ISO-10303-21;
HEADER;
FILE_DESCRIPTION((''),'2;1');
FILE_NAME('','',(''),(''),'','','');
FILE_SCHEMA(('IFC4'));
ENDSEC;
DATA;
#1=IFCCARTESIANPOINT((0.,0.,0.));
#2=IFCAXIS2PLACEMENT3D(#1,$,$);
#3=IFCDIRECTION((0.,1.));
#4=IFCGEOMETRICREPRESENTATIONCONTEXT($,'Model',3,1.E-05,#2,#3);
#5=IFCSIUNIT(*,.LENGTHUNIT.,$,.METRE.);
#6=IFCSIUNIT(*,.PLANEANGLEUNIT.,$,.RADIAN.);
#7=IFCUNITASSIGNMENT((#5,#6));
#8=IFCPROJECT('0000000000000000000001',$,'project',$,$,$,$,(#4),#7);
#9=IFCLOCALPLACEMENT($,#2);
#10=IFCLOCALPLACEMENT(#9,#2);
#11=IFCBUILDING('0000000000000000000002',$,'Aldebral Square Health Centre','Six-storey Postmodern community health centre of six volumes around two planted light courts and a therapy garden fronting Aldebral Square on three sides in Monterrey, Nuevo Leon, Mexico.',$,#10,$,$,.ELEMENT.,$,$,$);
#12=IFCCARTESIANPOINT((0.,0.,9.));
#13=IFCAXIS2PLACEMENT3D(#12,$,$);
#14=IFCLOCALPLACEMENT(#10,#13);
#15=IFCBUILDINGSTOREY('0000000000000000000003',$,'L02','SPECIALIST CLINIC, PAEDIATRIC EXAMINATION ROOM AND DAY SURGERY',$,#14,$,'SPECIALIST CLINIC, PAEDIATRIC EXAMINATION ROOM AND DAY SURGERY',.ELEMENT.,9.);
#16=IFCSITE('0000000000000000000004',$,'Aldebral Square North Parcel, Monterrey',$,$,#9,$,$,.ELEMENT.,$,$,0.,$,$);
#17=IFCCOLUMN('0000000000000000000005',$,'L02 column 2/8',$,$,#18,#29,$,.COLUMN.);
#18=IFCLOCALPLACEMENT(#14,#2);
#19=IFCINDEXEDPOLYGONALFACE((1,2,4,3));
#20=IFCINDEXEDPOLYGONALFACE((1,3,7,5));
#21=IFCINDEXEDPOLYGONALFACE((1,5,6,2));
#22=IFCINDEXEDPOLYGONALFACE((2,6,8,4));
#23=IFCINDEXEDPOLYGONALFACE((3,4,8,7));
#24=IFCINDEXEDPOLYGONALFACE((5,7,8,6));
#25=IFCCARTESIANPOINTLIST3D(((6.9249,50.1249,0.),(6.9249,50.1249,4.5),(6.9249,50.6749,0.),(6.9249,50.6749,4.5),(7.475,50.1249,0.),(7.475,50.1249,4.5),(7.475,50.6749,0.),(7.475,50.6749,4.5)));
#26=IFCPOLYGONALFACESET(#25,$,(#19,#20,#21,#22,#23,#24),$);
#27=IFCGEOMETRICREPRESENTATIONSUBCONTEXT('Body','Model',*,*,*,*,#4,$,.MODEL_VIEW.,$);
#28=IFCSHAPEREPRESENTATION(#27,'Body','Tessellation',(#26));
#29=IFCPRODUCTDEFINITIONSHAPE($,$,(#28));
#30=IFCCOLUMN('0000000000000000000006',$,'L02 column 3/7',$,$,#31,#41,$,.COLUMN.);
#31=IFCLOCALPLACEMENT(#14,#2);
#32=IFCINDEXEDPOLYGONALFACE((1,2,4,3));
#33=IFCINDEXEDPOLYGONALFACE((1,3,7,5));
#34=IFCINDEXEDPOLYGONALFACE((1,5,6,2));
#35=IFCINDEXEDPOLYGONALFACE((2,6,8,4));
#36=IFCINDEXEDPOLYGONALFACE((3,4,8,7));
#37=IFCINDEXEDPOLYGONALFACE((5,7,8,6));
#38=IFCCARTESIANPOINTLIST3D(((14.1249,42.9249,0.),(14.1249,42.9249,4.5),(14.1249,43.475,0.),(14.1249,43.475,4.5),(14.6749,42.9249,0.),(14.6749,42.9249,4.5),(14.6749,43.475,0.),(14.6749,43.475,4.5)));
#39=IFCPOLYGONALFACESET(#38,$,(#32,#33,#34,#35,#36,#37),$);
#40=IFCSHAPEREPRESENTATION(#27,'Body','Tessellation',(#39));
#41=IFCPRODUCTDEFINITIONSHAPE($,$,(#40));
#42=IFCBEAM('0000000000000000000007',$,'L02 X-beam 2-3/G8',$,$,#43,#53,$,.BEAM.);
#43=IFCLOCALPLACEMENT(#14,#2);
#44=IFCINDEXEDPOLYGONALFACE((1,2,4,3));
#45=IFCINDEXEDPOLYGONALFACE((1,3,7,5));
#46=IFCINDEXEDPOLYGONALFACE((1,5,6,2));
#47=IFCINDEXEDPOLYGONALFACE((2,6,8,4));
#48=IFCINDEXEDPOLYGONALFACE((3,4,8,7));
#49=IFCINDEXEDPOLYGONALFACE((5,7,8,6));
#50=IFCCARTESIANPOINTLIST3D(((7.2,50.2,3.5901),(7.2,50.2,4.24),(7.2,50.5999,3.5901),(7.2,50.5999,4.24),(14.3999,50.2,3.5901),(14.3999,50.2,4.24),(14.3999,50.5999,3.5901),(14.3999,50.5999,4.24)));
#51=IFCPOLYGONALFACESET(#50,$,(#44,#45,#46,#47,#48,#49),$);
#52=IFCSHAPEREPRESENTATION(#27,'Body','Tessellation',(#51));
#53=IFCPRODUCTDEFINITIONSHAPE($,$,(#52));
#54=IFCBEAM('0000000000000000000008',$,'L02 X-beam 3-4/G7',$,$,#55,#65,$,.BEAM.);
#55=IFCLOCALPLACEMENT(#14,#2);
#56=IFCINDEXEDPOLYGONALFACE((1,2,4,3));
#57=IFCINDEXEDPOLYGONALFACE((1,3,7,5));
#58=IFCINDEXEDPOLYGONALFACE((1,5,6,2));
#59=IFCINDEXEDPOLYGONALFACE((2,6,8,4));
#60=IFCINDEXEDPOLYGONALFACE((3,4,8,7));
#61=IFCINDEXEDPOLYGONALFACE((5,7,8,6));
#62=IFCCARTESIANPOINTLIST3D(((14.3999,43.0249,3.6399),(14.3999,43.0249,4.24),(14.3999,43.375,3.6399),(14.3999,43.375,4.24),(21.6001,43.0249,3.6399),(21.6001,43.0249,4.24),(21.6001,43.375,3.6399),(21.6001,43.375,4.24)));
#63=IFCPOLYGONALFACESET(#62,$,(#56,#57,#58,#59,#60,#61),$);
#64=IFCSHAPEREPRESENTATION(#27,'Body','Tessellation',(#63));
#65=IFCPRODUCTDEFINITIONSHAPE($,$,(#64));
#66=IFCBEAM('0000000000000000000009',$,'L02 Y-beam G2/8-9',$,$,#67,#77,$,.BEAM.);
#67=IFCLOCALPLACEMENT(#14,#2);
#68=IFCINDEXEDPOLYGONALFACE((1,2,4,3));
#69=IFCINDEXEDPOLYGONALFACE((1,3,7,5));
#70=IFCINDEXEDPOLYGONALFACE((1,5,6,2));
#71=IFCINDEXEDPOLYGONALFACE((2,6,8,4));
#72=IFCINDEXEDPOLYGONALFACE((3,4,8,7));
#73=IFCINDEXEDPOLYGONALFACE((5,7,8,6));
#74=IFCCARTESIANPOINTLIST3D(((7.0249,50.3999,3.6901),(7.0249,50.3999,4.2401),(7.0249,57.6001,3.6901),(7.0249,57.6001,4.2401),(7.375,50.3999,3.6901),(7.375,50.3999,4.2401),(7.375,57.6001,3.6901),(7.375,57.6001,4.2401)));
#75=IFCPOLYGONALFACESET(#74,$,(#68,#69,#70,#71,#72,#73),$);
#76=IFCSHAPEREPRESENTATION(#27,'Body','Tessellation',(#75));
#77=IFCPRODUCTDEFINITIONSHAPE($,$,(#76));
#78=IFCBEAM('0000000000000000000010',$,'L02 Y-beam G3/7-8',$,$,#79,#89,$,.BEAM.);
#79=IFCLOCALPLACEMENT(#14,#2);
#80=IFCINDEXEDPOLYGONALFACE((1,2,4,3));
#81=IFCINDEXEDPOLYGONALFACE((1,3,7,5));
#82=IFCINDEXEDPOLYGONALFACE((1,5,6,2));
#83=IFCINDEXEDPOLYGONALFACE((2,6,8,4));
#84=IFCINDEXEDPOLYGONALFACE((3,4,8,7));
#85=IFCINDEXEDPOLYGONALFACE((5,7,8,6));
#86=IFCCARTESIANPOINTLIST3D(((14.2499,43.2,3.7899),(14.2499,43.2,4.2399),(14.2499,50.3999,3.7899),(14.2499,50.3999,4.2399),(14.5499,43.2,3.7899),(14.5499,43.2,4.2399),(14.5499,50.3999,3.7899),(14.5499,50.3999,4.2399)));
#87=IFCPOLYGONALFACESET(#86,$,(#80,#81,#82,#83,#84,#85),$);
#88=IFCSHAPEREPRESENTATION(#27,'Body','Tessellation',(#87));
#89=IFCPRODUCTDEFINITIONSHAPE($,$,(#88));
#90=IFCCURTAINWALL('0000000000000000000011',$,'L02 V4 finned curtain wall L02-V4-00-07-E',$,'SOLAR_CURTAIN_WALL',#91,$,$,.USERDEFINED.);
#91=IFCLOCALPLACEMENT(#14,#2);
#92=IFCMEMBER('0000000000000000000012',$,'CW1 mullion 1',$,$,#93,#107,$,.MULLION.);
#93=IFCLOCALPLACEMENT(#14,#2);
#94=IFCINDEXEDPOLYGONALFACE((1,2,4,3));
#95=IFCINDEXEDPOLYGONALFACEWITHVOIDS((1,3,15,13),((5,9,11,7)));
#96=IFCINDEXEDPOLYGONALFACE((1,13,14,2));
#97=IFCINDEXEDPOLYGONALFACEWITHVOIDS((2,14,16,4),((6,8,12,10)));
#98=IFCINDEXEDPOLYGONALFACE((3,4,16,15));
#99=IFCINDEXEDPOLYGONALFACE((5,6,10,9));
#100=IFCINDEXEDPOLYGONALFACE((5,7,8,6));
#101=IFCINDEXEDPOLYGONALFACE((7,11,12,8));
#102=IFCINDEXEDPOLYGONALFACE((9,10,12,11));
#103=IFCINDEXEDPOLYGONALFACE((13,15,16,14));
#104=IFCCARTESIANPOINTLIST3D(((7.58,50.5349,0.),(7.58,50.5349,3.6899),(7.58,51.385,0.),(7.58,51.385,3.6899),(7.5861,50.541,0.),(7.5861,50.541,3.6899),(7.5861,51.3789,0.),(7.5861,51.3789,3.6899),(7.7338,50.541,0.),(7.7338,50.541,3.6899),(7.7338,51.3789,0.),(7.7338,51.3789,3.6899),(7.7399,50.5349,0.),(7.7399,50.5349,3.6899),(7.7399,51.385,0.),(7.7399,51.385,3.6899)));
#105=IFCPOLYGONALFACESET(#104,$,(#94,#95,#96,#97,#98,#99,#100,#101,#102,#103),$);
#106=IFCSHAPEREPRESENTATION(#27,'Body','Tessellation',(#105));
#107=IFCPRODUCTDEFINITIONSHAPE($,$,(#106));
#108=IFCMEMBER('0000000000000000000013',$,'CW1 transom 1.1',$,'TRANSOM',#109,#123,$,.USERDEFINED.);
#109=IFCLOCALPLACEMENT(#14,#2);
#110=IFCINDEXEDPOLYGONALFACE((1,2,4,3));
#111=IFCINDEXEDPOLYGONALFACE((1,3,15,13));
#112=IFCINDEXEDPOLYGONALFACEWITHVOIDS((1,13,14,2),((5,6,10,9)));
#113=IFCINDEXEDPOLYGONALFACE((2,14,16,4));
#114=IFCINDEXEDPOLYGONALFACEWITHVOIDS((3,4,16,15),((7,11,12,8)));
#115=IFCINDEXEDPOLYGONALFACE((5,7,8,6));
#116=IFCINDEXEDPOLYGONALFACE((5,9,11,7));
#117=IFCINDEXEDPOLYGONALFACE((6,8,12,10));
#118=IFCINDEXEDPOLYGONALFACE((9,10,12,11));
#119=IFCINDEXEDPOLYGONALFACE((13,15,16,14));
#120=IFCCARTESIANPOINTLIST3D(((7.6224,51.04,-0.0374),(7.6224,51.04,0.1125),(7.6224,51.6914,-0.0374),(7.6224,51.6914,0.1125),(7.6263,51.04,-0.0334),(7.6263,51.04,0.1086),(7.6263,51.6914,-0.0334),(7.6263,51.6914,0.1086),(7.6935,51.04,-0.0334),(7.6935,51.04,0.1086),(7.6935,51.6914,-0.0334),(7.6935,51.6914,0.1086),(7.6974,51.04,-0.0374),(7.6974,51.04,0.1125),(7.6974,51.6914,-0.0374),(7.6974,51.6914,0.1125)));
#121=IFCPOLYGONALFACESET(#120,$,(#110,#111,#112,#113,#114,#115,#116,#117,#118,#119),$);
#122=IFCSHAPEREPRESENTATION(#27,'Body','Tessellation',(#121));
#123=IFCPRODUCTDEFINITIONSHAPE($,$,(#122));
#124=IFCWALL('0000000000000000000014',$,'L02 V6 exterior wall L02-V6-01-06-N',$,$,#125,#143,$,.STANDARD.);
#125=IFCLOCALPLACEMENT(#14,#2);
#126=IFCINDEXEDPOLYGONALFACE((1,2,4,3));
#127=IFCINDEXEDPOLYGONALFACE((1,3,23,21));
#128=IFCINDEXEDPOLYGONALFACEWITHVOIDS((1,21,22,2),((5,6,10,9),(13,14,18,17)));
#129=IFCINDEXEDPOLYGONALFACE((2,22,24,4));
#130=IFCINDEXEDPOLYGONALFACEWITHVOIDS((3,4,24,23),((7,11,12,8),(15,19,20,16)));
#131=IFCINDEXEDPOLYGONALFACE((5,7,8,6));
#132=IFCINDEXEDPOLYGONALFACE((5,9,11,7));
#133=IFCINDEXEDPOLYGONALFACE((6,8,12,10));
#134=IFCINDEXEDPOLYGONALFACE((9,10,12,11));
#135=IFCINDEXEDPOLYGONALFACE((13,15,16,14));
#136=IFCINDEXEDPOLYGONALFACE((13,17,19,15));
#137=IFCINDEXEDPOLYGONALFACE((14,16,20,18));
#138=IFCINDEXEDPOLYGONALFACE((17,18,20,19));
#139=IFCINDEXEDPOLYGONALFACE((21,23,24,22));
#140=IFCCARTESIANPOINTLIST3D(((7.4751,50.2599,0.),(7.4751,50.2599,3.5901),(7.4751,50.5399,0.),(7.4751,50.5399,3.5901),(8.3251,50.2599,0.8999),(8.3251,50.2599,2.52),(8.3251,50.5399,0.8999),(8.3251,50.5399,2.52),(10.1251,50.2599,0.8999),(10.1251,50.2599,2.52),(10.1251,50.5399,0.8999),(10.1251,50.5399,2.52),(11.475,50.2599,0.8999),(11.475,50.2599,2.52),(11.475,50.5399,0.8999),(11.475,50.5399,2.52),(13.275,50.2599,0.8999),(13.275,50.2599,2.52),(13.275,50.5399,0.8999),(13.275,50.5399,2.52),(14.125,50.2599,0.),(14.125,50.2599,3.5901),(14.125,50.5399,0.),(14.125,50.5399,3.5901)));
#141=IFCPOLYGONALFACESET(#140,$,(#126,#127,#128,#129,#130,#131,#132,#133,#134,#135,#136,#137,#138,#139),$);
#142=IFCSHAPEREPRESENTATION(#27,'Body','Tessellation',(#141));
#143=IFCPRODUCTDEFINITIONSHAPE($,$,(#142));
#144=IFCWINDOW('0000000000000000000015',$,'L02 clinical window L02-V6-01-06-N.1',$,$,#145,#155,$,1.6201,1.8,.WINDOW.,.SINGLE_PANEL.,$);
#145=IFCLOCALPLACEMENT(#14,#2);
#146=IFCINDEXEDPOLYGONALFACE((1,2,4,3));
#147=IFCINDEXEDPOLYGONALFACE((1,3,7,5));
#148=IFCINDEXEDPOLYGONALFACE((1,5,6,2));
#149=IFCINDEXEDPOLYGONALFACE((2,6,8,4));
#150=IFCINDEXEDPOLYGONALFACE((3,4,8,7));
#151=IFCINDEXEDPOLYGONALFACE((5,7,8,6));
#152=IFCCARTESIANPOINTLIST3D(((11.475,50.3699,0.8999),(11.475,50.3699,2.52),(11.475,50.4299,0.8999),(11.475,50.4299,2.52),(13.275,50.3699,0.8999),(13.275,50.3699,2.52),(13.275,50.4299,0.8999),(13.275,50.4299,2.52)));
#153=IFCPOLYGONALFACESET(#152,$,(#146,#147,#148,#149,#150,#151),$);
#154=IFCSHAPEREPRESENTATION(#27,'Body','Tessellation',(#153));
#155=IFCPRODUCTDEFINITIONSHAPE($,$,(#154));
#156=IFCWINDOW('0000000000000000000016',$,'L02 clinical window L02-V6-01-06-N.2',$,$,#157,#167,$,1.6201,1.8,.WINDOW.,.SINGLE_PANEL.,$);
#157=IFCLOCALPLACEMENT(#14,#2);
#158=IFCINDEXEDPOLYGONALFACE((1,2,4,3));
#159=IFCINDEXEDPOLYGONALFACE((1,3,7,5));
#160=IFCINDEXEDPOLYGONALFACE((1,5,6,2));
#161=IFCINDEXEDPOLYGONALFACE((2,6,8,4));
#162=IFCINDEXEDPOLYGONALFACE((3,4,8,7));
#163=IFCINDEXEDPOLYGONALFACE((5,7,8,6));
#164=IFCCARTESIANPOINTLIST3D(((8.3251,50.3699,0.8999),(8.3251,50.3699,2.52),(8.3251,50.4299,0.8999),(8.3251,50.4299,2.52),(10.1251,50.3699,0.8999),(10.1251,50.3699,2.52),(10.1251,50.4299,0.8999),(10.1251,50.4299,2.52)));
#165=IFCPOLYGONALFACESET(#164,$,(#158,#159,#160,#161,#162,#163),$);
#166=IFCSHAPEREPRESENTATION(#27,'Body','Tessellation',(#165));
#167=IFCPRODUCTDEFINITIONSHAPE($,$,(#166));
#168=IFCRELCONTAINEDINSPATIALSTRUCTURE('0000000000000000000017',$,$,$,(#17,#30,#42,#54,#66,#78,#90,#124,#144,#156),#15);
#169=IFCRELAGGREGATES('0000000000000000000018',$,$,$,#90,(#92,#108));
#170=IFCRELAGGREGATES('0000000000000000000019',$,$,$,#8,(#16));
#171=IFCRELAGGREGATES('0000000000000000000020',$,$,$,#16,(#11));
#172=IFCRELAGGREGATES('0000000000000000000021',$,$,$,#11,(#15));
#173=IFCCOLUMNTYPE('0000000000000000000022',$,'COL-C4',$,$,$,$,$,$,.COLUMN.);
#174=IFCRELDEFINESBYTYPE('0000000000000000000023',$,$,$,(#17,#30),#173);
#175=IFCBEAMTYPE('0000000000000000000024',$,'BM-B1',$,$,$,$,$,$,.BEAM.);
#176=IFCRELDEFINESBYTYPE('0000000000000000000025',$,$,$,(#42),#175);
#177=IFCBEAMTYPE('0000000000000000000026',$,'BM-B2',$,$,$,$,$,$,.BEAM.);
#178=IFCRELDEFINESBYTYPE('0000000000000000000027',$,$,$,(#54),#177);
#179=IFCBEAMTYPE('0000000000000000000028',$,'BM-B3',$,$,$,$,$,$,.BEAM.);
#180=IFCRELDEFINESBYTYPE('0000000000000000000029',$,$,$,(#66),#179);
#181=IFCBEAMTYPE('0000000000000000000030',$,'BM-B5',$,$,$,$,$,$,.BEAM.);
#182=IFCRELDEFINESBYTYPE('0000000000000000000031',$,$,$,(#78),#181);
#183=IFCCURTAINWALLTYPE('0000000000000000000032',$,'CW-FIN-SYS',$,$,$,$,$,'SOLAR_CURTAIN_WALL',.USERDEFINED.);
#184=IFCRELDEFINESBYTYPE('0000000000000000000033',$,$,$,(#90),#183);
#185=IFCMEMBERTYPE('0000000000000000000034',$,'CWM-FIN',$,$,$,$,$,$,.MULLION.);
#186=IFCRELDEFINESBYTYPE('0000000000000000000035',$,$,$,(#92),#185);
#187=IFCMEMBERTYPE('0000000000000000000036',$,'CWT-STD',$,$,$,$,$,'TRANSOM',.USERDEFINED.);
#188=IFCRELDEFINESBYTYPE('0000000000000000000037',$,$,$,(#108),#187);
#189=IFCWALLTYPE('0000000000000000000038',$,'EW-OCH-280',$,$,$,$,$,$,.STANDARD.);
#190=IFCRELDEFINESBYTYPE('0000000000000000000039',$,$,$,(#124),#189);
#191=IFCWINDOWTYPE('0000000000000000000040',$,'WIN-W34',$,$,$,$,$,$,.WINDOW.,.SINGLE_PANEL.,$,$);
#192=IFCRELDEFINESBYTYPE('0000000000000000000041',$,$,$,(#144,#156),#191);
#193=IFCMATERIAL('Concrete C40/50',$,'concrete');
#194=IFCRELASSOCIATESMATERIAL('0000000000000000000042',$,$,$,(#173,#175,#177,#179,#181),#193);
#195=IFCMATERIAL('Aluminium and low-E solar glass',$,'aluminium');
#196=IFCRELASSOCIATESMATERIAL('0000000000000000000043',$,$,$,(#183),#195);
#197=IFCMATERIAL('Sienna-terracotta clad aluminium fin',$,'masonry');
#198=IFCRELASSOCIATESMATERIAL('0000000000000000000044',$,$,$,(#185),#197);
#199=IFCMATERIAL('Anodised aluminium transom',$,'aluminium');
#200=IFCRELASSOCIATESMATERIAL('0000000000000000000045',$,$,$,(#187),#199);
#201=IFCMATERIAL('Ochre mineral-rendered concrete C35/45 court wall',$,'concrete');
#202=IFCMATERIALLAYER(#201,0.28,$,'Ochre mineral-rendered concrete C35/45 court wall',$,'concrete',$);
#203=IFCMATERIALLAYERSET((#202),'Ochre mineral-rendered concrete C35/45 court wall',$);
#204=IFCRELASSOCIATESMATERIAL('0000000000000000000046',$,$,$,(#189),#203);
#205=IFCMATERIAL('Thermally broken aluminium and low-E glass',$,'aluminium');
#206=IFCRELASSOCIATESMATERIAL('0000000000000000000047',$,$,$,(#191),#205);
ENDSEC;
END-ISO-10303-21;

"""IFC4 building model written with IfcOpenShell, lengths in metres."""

from ifc_helpers import new_model, si_unit, direction, frame, frame_2d, origin, origin_2d, place, context, subcontext, project, spatial, rectangle, hollow_rectangle, extrude, material, layer, layer_set, material_profile, profile_set, type_object, element, fill, aggregate, save


model = new_model("IFC4")

# Units and contexts
model_context = context("Model", 3, precision=1e-05, world=origin(), true_north=direction((0.0, 1.0)))
body_context = subcontext(model_context, "Body", "Model", "MODEL_VIEW")
ifc_project = project(units=[si_unit("LENGTHUNIT", "METRE"), si_unit("PLANEANGLEUNIT", "RADIAN")], contexts=[model_context])

# Site, building, storey
site_placement = place(None, origin())
site = spatial("IfcSite", under=ifc_project, at=site_placement, Name="Aldebral Square North Parcel, Monterrey", CompositionType="ELEMENT", RefElevation=0.0)
building_placement = place(site_placement, origin())
building = spatial("IfcBuilding", under=site, at=building_placement, Name="Aldebral Square Health Centre", Description="Six-storey Postmodern community health centre of six volumes around two planted light courts and a therapy garden fronting Aldebral Square on three sides in Monterrey, Nuevo Leon, Mexico.", CompositionType="ELEMENT")
storey_placement = place(building_placement, frame((0.0, 0.0, 9.0)))
storey = spatial("IfcBuildingStorey", under=building, at=storey_placement, Name="L02", Description="SPECIALIST CLINIC, PAEDIATRIC EXAMINATION ROOM AND DAY SURGERY", LongName="SPECIALIST CLINIC, PAEDIATRIC EXAMINATION ROOM AND DAY SURGERY", CompositionType="ELEMENT", Elevation=9.0)

# Columns
ifc_material_1 = material(Name="Concrete C40/50", Category="concrete")
ifc_material_profile_1 = material_profile(ifc_material_1, rectangle(XDim=0.55, YDim=0.55, at=origin_2d()), Name="RC 550x550")
ifc_profile_set_1 = profile_set([ifc_material_profile_1], Name="Concrete C40/50")
column_type = type_object("IfcColumnType", Name="COL-C4", PredefinedType="COLUMN", material=ifc_profile_set_1)
for number, where, z_axis, x_axis, name in (
    (1, (7.2, 50.3999, 0.0), (0.0, 0.0, 1.0), (1.0, 0.0, 0.0), "L02 column 2/8"),
    (2, (14.3999, 43.2, 0.0), (0.0, 0.0, 1.0), (1.0, 0.0, 0.0), "L02 column 3/7"),
):
    element("IfcColumn", number, at=place(storey_placement, frame(where, z_axis=z_axis, x_axis=x_axis)), inside=storey, type_object=column_type, Name=name, PredefinedType="COLUMN", context=body_context, shape_type="SweptSolid", body=[
        extrude(rectangle(XDim=0.55, YDim=0.55, at=origin_2d()), origin(), (0.0, 0.0, 1.0), 4.5),
    ])

# Beams
ifc_material_profile_2 = material_profile(ifc_material_1, rectangle(XDim=0.3999, YDim=0.6499, at=origin_2d()), Name="RC 400x650")
ifc_profile_set_2 = profile_set([ifc_material_profile_2], Name="Concrete C40/50")
beam_type_1 = type_object("IfcBeamType", Name="BM-B1", PredefinedType="BEAM", material=ifc_profile_set_2)
beam_1_placement = place(storey_placement, frame((7.2, 50.3999, 3.915), z_axis=(1.0, 0.0, 0.0), x_axis=(0.0, 1.0, 0.0)))
element("IfcBeam", 3, at=beam_1_placement, inside=storey, type_object=beam_type_1, Name="L02 X-beam 2-3/G8", PredefinedType="BEAM", context=body_context, shape_type="SweptSolid", body=[
    extrude(rectangle(XDim=0.3999, YDim=0.6499, at=origin_2d()), origin(), (0.0, 0.0, 1.0), 7.2),
])
ifc_material_profile_3 = material_profile(ifc_material_1, rectangle(XDim=0.3501, YDim=0.6001, at=origin_2d()), Name="RC 350x600")
ifc_profile_set_3 = profile_set([ifc_material_profile_3], Name="Concrete C40/50")
beam_type_2 = type_object("IfcBeamType", Name="BM-B2", PredefinedType="BEAM", material=ifc_profile_set_3)
beam_2_placement = place(storey_placement, frame((14.3999, 43.2, 3.9399), z_axis=(1.0, 0.0, 0.0), x_axis=(0.0, 1.0, 0.0)))
element("IfcBeam", 4, at=beam_2_placement, inside=storey, type_object=beam_type_2, Name="L02 X-beam 3-4/G7", PredefinedType="BEAM", context=body_context, shape_type="SweptSolid", body=[
    extrude(rectangle(XDim=0.3501, YDim=0.6001, at=origin_2d()), origin(), (0.0, 0.0, 1.0), 7.2002),
])
ifc_material_profile_4 = material_profile(ifc_material_1, rectangle(XDim=0.3501, YDim=0.55, at=origin_2d()), Name="RC 350x550")
ifc_profile_set_4 = profile_set([ifc_material_profile_4], Name="Concrete C40/50")
beam_type_3 = type_object("IfcBeamType", Name="BM-B3", PredefinedType="BEAM", material=ifc_profile_set_4)
beam_3_placement = place(storey_placement, frame((7.2, 50.3999, 3.9651), z_axis=(0.0, 1.0, 0.0), x_axis=(-1.0, 0.0, 0.0)))
element("IfcBeam", 5, at=beam_3_placement, inside=storey, type_object=beam_type_3, Name="L02 Y-beam G2/8-9", PredefinedType="BEAM", context=body_context, shape_type="SweptSolid", body=[
    extrude(rectangle(XDim=0.3501, YDim=0.55, at=origin_2d()), origin(), (0.0, 0.0, 1.0), 7.2002),
])
ifc_material_profile_5 = material_profile(ifc_material_1, rectangle(XDim=0.3, YDim=0.45, at=origin_2d()), Name="RC 300x450")
ifc_profile_set_5 = profile_set([ifc_material_profile_5], Name="Concrete C40/50")
beam_type_4 = type_object("IfcBeamType", Name="BM-B5", PredefinedType="BEAM", material=ifc_profile_set_5)
beam_4_placement = place(storey_placement, frame((14.3999, 43.2, 4.0149), z_axis=(0.0, 1.0, 0.0), x_axis=(-1.0, 0.0, 0.0)))
element("IfcBeam", 6, at=beam_4_placement, inside=storey, type_object=beam_type_4, Name="L02 Y-beam G3/7-8", PredefinedType="BEAM", context=body_context, shape_type="SweptSolid", body=[
    extrude(rectangle(XDim=0.3, YDim=0.45, at=origin_2d()), origin(), (0.0, 0.0, 1.0), 7.2),
])

# Curtain wall, members
ifc_material_2 = material(Name="Aluminium and low-E solar glass", Category="aluminium")
curtain_wall_type = type_object("IfcCurtainWallType", Name="CW-FIN-SYS", ElementType="SOLAR_CURTAIN_WALL", PredefinedType="USERDEFINED", material=ifc_material_2)
curtain_wall_placement = place(storey_placement, origin())
curtain_wall = element("IfcCurtainWall", 7, at=curtain_wall_placement, inside=storey, type_object=curtain_wall_type, Name="L02 V4 finned curtain wall L02-V4-00-07-E", ObjectType="SOLAR_CURTAIN_WALL", PredefinedType="USERDEFINED")
ifc_material_3 = material(Name="Sienna-terracotta clad aluminium fin", Category="masonry")
ifc_material_profile_6 = material_profile(ifc_material_3, hollow_rectangle(XDim=0.1599, YDim=0.8501, WallThickness=0.0061, at=origin_2d()), Name="FIN 160x850x6")
ifc_profile_set_6 = profile_set([ifc_material_profile_6], Name="Sienna-terracotta clad aluminium fin")
member_type_1 = type_object("IfcMemberType", Name="CWM-FIN", PredefinedType="MULLION", material=ifc_profile_set_6)
member_1_placement = place(storey_placement, frame((7.6599, 50.96, 0.0), z_axis=(0.0, 0.0, 1.0), x_axis=(-1.0, 0.0, 0.0)))
member_1 = element("IfcMember", 8, at=member_1_placement, type_object=member_type_1, Name="CW1 mullion 1", PredefinedType="MULLION", context=body_context, shape_type="SweptSolid", body=[
    extrude(hollow_rectangle(XDim=0.1599, YDim=0.8501, WallThickness=0.0061, at=origin_2d()), origin(), (0.0, 0.0, 1.0), 3.6899),
])
ifc_material_4 = material(Name="Anodised aluminium transom", Category="aluminium")
ifc_material_profile_7 = material_profile(ifc_material_4, hollow_rectangle(XDim=0.075, YDim=0.1499, WallThickness=0.0039, at=origin_2d()), Name="CWT 75x150x4")
ifc_profile_set_7 = profile_set([ifc_material_profile_7], Name="Anodised aluminium transom")
member_type_2 = type_object("IfcMemberType", Name="CWT-STD", ElementType="TRANSOM", PredefinedType="USERDEFINED", material=ifc_profile_set_7)
member_2_placement = place(storey_placement, frame((7.6599, 51.04, 0.0376), z_axis=(0.0, 1.0, 0.0), x_axis=(-1.0, 0.0, 0.0)))
member_2 = element("IfcMember", 9, at=member_2_placement, type_object=member_type_2, Name="CW1 transom 1.1", ObjectType="TRANSOM", PredefinedType="USERDEFINED", context=body_context, shape_type="SweptSolid", body=[
    extrude(hollow_rectangle(XDim=0.075, YDim=0.1499, WallThickness=0.0039, at=origin_2d()), origin(), (0.0, 0.0, 1.0), 0.6514),
])
aggregate(curtain_wall, [member_1, member_2])

# Wall, openings, windows
ifc_material_5 = material(Name="Ochre mineral-rendered concrete C35/45 court wall", Category="concrete")
ifc_layer_1 = layer(ifc_material_5, 0.28, Name="Ochre mineral-rendered concrete C35/45 court wall", Category="concrete")
ifc_layer_set_1 = layer_set([ifc_layer_1], Name="Ochre mineral-rendered concrete C35/45 court wall")
wall_type_1 = type_object("IfcWallType", Name="EW-OCH-280", PredefinedType="STANDARD", material=ifc_layer_set_1)
wall_1_placement = place(storey_placement, frame((14.125, 50.3999, 0.0), z_axis=(0.0, 0.0, 1.0), x_axis=(-1.0, 0.0, 0.0)))
wall_1 = element("IfcWall", 10, at=wall_1_placement, inside=storey, type_object=wall_type_1, Name="L02 V6 exterior wall L02-V6-01-06-N", PredefinedType="STANDARD", context=body_context, shape_type="SweptSolid", body=[
    extrude(rectangle(XDim=6.6499, YDim=0.28, at=frame_2d((3.325, 0.0))), origin(), (0.0, 0.0, 1.0), 3.5901),
])
opening_1_placement = place(wall_1_placement, frame((0.8501, 0.0, 0.8999)))
opening_1 = element("IfcOpeningElement", 11, at=opening_1_placement, cuts=wall_1, PredefinedType="OPENING", context=body_context, shape_type="SweptSolid", body=[
    extrude(rectangle(XDim=1.8, YDim=1.6201, at=frame_2d((0.8999, 0.8101))), frame((0.0, 0.1499, 0.0), z_axis=(0.0, -1.0, 0.0), x_axis=(1.0, 0.0, 0.0)), (0.0, 0.0, 1.0), 0.3),
])
opening_2_placement = place(wall_1_placement, frame((4.0, 0.0, 0.8999)))
opening_2 = element("IfcOpeningElement", 12, at=opening_2_placement, cuts=wall_1, PredefinedType="OPENING", context=body_context, shape_type="SweptSolid", body=[
    extrude(rectangle(XDim=1.8, YDim=1.6201, at=frame_2d((0.8999, 0.8101))), frame((0.0, 0.1499, 0.0), z_axis=(0.0, -1.0, 0.0), x_axis=(1.0, 0.0, 0.0)), (0.0, 0.0, 1.0), 0.3),
])
ifc_material_6 = material(Name="Thermally broken aluminium and low-E glass", Category="aluminium")
window_type = type_object("IfcWindowType", Name="WIN-W34", PartitioningType="SINGLE_PANEL", PredefinedType="WINDOW", material=ifc_material_6)
window_1_placement = place(opening_1_placement, origin())
window_1 = element("IfcWindow", 13, at=window_1_placement, inside=storey, type_object=window_type, Name="L02 clinical window L02-V6-01-06-N.1", OverallHeight=1.6201, OverallWidth=1.8, PartitioningType="SINGLE_PANEL", PredefinedType="WINDOW", context=body_context, shape_type="SweptSolid", body=[
    extrude(rectangle(XDim=1.8, YDim=1.6201, at=frame_2d((0.8999, 0.8101))), frame((0.0, 0.03, 0.0), z_axis=(0.0, -1.0, 0.0), x_axis=(1.0, 0.0, 0.0)), (0.0, 0.0, 1.0), 0.0601),
])
fill(opening_1, window_1)
window_2_placement = place(opening_2_placement, origin())
window_2 = element("IfcWindow", 14, at=window_2_placement, inside=storey, type_object=window_type, Name="L02 clinical window L02-V6-01-06-N.2", OverallHeight=1.6201, OverallWidth=1.8, PartitioningType="SINGLE_PANEL", PredefinedType="WINDOW", context=body_context, shape_type="SweptSolid", body=[
    extrude(rectangle(XDim=1.8, YDim=1.6201, at=frame_2d((0.8999, 0.8101))), frame((0.0, 0.03, 0.0), z_axis=(0.0, -1.0, 0.0), x_axis=(1.0, 0.0, 0.0)), (0.0, 0.0, 1.0), 0.0601),
])
fill(opening_2, window_2)

save(model, "model.ifc")
